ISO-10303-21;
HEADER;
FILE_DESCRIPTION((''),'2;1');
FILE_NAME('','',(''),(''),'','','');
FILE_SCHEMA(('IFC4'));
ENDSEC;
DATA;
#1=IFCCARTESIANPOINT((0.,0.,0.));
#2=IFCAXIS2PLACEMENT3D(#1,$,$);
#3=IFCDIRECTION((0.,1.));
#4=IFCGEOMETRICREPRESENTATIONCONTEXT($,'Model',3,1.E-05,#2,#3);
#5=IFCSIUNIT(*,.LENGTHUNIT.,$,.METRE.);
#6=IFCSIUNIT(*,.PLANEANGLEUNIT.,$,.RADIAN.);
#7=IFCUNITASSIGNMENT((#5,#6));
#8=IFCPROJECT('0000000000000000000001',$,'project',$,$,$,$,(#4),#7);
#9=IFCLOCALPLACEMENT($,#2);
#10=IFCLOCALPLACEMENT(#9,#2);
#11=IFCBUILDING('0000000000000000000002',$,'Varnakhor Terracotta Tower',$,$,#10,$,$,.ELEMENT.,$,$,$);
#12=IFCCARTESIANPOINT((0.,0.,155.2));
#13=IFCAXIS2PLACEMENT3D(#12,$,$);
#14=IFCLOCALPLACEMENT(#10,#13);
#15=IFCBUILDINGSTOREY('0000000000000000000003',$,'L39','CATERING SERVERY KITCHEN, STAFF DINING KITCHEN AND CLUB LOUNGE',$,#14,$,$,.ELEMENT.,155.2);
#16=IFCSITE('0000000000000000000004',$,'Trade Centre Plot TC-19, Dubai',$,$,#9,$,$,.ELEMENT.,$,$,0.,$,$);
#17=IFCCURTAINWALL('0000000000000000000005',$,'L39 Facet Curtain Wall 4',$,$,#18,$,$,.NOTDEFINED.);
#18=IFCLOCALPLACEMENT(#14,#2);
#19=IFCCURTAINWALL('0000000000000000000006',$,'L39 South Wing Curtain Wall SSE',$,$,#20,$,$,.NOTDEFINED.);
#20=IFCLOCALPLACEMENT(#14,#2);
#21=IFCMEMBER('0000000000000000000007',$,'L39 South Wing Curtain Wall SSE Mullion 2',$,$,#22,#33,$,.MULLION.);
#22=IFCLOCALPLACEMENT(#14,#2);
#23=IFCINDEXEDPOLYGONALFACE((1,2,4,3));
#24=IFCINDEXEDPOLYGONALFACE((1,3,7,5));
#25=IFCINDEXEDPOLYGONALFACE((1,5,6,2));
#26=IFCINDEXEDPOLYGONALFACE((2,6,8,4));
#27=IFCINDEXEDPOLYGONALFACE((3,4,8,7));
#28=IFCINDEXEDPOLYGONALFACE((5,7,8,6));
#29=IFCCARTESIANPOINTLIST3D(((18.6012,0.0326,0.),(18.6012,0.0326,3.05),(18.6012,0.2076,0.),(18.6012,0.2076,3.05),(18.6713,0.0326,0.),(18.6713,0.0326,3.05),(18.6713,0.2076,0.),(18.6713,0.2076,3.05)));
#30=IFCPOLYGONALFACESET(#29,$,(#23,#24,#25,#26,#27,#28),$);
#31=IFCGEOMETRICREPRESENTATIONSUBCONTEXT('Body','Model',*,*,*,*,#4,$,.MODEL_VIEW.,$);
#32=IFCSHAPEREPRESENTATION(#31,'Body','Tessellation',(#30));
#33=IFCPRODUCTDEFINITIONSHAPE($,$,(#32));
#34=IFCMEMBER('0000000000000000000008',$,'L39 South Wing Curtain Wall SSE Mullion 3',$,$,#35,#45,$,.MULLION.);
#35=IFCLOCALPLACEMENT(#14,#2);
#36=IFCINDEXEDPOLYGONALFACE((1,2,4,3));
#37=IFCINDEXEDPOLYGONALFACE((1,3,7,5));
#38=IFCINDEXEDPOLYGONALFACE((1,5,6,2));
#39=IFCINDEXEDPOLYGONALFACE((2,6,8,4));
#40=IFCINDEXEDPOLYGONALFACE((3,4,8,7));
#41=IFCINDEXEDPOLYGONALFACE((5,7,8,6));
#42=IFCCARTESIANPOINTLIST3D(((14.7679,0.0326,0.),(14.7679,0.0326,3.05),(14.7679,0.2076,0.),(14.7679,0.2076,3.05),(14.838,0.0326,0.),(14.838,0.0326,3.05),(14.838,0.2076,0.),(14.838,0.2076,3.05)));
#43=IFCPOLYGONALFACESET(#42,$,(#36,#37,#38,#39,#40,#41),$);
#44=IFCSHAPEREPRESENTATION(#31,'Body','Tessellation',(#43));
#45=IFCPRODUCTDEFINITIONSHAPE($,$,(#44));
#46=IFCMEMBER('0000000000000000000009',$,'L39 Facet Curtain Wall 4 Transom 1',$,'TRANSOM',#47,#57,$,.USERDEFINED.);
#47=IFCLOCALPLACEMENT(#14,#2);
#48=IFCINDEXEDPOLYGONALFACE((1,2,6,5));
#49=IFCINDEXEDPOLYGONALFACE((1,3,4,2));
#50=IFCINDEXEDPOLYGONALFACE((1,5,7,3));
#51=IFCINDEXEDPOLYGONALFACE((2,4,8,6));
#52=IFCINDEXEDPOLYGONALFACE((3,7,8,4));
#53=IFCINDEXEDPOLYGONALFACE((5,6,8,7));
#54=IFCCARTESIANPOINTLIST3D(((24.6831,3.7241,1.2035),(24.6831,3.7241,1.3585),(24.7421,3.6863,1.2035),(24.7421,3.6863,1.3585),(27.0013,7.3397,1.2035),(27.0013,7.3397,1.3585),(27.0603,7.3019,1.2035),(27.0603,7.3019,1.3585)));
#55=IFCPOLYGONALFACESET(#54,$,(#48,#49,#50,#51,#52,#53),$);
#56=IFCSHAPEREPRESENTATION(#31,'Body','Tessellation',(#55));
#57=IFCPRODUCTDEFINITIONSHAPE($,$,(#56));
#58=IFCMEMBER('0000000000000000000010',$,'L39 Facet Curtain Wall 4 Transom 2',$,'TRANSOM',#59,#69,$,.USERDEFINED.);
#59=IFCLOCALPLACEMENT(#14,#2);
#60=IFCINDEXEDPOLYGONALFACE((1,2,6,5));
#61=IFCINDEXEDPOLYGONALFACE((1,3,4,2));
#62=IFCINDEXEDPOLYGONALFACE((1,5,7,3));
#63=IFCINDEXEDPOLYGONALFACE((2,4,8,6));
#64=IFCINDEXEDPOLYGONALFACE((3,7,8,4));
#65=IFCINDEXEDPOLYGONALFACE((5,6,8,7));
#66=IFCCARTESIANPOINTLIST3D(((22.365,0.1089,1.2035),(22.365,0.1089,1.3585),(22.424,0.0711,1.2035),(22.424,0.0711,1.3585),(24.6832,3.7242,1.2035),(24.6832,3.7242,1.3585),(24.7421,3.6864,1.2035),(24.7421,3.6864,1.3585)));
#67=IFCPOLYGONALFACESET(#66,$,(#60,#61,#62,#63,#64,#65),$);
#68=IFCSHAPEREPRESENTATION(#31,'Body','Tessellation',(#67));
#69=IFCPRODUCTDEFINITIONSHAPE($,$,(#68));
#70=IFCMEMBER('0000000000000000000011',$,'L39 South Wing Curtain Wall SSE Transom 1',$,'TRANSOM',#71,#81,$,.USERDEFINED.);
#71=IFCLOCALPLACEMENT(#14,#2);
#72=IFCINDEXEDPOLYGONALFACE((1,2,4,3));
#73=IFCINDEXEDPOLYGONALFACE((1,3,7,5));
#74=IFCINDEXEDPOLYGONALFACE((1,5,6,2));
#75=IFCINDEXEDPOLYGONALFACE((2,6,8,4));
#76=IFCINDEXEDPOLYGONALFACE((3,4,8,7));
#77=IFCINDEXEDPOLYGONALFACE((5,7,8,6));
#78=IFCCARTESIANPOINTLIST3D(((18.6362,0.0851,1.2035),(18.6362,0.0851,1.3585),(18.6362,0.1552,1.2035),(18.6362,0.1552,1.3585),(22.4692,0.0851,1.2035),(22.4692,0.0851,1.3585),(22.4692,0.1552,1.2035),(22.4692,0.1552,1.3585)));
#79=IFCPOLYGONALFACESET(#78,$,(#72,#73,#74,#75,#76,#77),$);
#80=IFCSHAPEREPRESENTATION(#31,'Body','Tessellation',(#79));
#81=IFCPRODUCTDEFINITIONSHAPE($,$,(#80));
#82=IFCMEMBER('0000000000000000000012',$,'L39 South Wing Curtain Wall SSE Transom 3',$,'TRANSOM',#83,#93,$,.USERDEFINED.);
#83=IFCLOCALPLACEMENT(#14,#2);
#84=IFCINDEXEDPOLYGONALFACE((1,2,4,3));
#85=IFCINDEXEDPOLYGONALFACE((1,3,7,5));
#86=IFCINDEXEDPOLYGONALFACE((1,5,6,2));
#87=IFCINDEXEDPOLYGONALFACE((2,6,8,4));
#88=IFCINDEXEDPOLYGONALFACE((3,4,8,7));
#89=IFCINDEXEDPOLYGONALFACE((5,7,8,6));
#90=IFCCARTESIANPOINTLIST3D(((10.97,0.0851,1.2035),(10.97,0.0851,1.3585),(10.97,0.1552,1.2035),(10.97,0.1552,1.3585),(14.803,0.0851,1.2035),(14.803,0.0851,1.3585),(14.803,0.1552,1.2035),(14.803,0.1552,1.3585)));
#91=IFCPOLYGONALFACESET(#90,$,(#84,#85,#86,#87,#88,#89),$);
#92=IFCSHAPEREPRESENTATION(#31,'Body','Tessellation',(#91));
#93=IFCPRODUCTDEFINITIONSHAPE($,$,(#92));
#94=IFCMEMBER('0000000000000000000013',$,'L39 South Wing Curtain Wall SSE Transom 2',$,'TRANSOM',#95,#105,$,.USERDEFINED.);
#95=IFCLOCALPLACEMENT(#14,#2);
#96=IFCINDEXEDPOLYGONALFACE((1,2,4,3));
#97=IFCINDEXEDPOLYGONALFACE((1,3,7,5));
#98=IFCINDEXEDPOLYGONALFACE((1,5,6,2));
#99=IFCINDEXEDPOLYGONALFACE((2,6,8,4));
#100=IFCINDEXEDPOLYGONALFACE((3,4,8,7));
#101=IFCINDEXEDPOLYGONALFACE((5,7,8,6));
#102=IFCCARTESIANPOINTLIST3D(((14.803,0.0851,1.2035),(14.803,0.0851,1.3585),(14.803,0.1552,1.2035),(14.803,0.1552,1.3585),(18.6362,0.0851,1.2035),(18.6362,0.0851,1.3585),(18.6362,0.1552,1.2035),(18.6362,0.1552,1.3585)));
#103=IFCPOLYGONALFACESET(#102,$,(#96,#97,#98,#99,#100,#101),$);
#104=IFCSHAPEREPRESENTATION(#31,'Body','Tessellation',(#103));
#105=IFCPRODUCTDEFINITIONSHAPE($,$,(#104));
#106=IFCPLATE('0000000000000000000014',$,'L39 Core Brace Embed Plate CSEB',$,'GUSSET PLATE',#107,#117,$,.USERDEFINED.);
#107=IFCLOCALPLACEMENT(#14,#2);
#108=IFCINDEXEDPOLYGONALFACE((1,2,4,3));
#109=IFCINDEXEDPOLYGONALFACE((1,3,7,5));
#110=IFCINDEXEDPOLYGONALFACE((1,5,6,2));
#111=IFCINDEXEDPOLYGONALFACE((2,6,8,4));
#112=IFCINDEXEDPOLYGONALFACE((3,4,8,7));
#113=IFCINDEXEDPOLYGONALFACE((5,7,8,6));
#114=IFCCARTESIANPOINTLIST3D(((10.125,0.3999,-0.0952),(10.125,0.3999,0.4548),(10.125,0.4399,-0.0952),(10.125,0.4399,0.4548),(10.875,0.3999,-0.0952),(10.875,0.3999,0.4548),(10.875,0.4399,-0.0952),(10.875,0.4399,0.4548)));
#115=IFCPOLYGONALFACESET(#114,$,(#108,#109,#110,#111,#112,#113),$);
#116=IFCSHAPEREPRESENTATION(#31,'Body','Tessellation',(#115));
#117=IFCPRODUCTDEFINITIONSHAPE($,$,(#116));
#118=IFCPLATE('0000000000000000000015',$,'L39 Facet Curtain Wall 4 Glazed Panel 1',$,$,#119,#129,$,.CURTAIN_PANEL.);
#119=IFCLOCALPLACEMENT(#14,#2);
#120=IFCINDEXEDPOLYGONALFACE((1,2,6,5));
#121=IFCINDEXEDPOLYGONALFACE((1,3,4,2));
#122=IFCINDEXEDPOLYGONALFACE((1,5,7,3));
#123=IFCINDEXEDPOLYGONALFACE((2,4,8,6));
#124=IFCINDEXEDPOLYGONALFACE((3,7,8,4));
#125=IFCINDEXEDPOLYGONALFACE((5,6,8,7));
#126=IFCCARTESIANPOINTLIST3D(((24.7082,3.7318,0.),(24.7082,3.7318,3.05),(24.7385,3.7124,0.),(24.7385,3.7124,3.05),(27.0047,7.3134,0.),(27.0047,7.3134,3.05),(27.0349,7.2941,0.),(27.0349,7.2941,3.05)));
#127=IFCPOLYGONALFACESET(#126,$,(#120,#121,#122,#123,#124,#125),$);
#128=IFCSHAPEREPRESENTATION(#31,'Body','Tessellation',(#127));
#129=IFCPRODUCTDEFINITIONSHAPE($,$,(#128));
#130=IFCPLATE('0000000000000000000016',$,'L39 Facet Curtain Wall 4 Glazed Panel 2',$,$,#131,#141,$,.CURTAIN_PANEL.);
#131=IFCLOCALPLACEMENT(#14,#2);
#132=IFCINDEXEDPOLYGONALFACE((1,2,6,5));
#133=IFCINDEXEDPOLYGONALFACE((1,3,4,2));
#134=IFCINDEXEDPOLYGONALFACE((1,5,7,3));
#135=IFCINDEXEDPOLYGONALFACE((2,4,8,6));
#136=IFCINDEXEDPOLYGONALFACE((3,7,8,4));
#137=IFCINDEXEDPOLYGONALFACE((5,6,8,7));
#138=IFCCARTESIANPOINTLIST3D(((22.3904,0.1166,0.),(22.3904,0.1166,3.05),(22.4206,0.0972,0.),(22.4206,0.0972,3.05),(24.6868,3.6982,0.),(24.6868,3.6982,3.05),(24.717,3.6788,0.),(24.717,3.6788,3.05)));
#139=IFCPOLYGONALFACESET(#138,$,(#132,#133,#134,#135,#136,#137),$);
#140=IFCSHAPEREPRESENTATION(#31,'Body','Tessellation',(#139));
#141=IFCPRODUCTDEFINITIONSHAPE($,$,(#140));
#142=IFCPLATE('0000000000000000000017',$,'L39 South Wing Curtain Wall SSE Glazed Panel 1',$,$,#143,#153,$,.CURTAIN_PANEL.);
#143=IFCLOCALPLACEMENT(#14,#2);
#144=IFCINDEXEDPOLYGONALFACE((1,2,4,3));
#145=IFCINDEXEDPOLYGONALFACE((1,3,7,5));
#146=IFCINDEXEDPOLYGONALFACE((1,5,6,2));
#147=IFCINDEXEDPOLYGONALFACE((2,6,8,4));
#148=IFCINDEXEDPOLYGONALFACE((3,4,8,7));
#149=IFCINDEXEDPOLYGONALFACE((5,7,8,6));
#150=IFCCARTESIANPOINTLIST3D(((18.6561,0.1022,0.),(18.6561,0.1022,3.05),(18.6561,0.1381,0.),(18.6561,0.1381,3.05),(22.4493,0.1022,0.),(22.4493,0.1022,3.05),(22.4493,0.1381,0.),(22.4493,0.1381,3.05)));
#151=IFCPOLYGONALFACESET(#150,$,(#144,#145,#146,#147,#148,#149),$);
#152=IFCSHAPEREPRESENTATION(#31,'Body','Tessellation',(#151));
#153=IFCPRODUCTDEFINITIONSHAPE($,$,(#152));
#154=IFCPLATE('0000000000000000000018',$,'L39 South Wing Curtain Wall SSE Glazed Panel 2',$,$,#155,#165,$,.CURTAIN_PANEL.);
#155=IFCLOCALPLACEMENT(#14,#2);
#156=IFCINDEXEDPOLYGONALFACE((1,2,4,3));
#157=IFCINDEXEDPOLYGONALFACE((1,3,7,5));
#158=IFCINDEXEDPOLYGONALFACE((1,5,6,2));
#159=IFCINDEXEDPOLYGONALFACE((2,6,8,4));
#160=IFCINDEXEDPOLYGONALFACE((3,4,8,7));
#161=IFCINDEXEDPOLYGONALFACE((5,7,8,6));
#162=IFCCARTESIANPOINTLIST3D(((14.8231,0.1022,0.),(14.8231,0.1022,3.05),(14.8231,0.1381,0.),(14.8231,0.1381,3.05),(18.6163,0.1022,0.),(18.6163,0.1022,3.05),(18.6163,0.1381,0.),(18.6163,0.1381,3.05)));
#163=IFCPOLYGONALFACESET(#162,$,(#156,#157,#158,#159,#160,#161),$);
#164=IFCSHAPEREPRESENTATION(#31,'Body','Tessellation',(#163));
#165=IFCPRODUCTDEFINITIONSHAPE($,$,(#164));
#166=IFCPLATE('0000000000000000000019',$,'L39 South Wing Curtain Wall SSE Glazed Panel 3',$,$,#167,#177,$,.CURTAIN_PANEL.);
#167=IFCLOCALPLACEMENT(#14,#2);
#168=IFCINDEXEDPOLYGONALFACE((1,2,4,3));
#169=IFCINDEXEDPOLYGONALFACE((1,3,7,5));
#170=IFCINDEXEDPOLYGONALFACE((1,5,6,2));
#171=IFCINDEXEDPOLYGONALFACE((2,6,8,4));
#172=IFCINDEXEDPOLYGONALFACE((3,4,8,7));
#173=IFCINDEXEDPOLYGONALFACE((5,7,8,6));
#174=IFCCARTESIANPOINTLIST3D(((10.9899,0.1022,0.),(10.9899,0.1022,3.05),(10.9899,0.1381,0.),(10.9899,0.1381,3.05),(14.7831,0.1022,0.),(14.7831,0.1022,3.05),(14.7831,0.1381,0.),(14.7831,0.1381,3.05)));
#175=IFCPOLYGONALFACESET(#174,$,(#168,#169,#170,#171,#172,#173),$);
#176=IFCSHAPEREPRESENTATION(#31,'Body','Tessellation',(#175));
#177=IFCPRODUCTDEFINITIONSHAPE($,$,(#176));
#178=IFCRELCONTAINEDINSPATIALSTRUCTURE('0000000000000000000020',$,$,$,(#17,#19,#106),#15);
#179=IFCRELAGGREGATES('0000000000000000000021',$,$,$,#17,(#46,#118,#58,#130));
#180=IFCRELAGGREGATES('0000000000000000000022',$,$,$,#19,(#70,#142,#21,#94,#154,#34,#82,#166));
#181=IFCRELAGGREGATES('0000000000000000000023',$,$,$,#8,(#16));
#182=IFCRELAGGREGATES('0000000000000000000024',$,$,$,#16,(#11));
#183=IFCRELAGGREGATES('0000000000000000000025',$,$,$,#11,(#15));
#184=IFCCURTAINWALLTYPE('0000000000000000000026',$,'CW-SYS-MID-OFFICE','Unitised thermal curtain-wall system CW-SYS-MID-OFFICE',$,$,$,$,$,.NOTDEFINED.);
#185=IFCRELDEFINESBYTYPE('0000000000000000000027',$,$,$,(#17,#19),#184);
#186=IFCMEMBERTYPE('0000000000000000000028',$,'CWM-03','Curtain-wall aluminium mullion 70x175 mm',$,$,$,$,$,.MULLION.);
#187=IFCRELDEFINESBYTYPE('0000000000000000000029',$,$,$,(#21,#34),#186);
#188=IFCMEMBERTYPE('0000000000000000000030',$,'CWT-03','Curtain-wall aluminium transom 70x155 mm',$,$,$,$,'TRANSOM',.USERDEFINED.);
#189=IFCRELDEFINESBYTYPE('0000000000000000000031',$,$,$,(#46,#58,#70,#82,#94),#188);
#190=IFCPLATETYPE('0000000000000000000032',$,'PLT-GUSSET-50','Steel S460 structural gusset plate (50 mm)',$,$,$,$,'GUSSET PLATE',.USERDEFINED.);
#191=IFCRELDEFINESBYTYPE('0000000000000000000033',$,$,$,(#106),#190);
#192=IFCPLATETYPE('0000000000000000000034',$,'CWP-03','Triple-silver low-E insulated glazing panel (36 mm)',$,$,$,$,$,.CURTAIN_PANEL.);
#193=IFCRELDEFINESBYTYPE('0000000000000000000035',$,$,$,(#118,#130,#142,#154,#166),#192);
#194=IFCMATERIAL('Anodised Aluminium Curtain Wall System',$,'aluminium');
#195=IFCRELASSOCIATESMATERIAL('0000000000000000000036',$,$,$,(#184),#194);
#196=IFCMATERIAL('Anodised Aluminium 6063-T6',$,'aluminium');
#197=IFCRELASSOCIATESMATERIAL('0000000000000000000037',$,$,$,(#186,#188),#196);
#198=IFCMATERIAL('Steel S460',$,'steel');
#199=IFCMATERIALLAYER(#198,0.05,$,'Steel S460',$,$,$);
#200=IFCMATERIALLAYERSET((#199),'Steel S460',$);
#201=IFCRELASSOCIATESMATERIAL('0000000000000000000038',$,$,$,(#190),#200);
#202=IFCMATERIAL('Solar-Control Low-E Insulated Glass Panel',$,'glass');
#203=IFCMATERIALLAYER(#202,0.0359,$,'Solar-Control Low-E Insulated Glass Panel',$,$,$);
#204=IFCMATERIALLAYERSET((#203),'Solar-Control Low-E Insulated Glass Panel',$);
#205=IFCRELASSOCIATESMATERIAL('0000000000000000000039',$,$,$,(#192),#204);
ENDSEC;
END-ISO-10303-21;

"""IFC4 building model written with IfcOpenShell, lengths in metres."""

from ifc_helpers import new_model, si_unit, direction, frame, origin, origin_2d, place, context, subcontext, project, spatial, rectangle, extrude, source, transform, mapped, material, layer, layer_set, material_profile, profile_set, type_object, type_shapes, element, aggregate, save


model = new_model("IFC4")

# Units and contexts
model_context = context("Model", 3, precision=1e-05, world=origin(), true_north=direction((0.0, 1.0)))
body_context = subcontext(model_context, "Body", "Model", "MODEL_VIEW")
ifc_project = project(units=[si_unit("LENGTHUNIT", "METRE"), si_unit("PLANEANGLEUNIT", "RADIAN")], contexts=[model_context])

# Site, building, storey
site_placement = place(None, origin())
site = spatial("IfcSite", under=ifc_project, at=site_placement, Name="Trade Centre Plot TC-19, Dubai", CompositionType="ELEMENT", RefElevation=0.0)
building_placement = place(site_placement, origin())
building = spatial("IfcBuilding", under=site, at=building_placement, Name="Varnakhor Terracotta Tower", CompositionType="ELEMENT")
storey_placement = place(building_placement, frame((0.0, 0.0, 155.2)))
storey = spatial("IfcBuildingStorey", under=building, at=storey_placement, Name="L39", Description="CATERING SERVERY KITCHEN, STAFF DINING KITCHEN AND CLUB LOUNGE", CompositionType="ELEMENT", Elevation=155.2)

# Shared definitions
ifc_material_1 = material(Name="Steel S460", Category="steel")

# Curtain walls, members
ifc_material_2 = material(Name="Anodised Aluminium Curtain Wall System", Category="aluminium")
curtain_wall_type = type_object("IfcCurtainWallType", Name="CW-SYS-MID-OFFICE", Description="Unitised thermal curtain-wall system CW-SYS-MID-OFFICE", PredefinedType="NOTDEFINED", material=ifc_material_2)
curtain_wall_1_placement = place(storey_placement, origin())
curtain_wall_1 = element("IfcCurtainWall", 1, at=curtain_wall_1_placement, inside=storey, type_object=curtain_wall_type, Name="L39 Facet Curtain Wall 4", PredefinedType="NOTDEFINED")
ifc_material_3 = material(Name="Anodised Aluminium 6063-T6", Category="aluminium")
ifc_material_profile_1 = material_profile(ifc_material_3, rectangle(XDim=0.0701, YDim=0.175, at=origin_2d()), Name="ALU MULLION 70x175")
ifc_profile_set_1 = profile_set([ifc_material_profile_1], Name="Anodised Aluminium 6063-T6")
member_type_1 = type_object("IfcMemberType", Name="CWM-03", Description="Curtain-wall aluminium mullion 70x175 mm", PredefinedType="MULLION", material=ifc_profile_set_1)
shared_shape_1 = source(origin(), body_context, "Body", "SweptSolid", [
    extrude(rectangle(XDim=0.0701, YDim=0.175, at=origin_2d()), origin(), (0.0, 0.0, 1.0), 3.05),
])
curtain_wall_2_placement = place(storey_placement, origin())
curtain_wall_2 = element("IfcCurtainWall", 2, at=curtain_wall_2_placement, inside=storey, type_object=curtain_wall_type, Name="L39 South Wing Curtain Wall SSE", PredefinedType="NOTDEFINED")
member_1_placement = place(storey_placement, frame((18.6362, 0.1201, 0.0), z_axis=(0.0, 0.0, 1.0), x_axis=(1.0, 0.0, 0.0)))
member_1 = element("IfcMember", 3, at=member_1_placement, type_object=member_type_1, Name="L39 South Wing Curtain Wall SSE Mullion 2", PredefinedType="MULLION", context=body_context, shape_type="MappedRepresentation", body=[
    mapped(shared_shape_1, transform((0.0, 0.0, 0.0), scale=1.0)),
])
member_2_placement = place(storey_placement, frame((14.803, 0.1201, 0.0), z_axis=(0.0, 0.0, 1.0), x_axis=(1.0, 0.0, 0.0)))
member_2 = element("IfcMember", 4, at=member_2_placement, type_object=member_type_1, Name="L39 South Wing Curtain Wall SSE Mullion 3", PredefinedType="MULLION", context=body_context, shape_type="MappedRepresentation", body=[
    mapped(shared_shape_1, transform((0.0, 0.0, 0.0), scale=1.0)),
])

# Members
ifc_material_profile_2 = material_profile(ifc_material_3, rectangle(XDim=0.0701, YDim=0.155, at=origin_2d()), Name="ALU TRANSOM 70x155")
ifc_profile_set_2 = profile_set([ifc_material_profile_2], Name="Anodised Aluminium 6063-T6")
member_type_2 = type_object("IfcMemberType", Name="CWT-03", Description="Curtain-wall aluminium transom 70x155 mm", ElementType="TRANSOM", PredefinedType="USERDEFINED", material=ifc_profile_set_2)
shared_shape_2 = source(origin(), body_context, "Body", "SweptSolid", [
    extrude(rectangle(XDim=0.0701, YDim=0.155, at=origin_2d()), origin(), (0.0, 0.0, 1.0), 4.2949),
])
member_3_placement = place(storey_placement, frame((27.0308, 7.3208, 1.281), z_axis=(-0.539749, -0.841826, 0.0), x_axis=(0.841826, -0.539749, 0.0)))
member_3 = element("IfcMember", 5, at=member_3_placement, type_object=member_type_2, Name="L39 Facet Curtain Wall 4 Transom 1", ObjectType="TRANSOM", PredefinedType="USERDEFINED", context=body_context, shape_type="MappedRepresentation", body=[
    mapped(shared_shape_2, transform((0.0, 0.0, 0.0), scale=1.0)),
])
shared_shape_3 = source(origin(), body_context, "Body", "SweptSolid", [
    extrude(rectangle(XDim=0.0701, YDim=0.155, at=origin_2d()), origin(), (0.0, 0.0, 1.0), 4.2947),
])
member_4_placement = place(storey_placement, frame((24.7126, 3.7053, 1.281), z_axis=(-0.539775, -0.84181, 0.0), x_axis=(0.84181, -0.539775, 0.0)))
member_4 = element("IfcMember", 6, at=member_4_placement, type_object=member_type_2, Name="L39 Facet Curtain Wall 4 Transom 2", ObjectType="TRANSOM", PredefinedType="USERDEFINED", context=body_context, shape_type="MappedRepresentation", body=[
    mapped(shared_shape_3, transform((0.0, 0.0, 0.0), scale=1.0)),
])
shared_shape_4 = source(origin(), body_context, "Body", "SweptSolid", [
    extrude(rectangle(XDim=0.0701, YDim=0.155, at=origin_2d()), origin(), (0.0, 0.0, 1.0), 3.833),
])
member_5_placement = place(storey_placement, frame((22.4692, 0.1201, 1.281), z_axis=(-1.0, 0.0, 0.0), x_axis=(0.0, -1.0, 0.0)))
member_5 = element("IfcMember", 7, at=member_5_placement, type_object=member_type_2, Name="L39 South Wing Curtain Wall SSE Transom 1", ObjectType="TRANSOM", PredefinedType="USERDEFINED", context=body_context, shape_type="MappedRepresentation", body=[
    mapped(shared_shape_4, transform((0.0, 0.0, 0.0), scale=1.0)),
])
member_6_placement = place(storey_placement, frame((14.803, 0.1201, 1.281), z_axis=(-1.0, 0.0, 0.0), x_axis=(0.0, -1.0, 0.0)))
member_6 = element("IfcMember", 8, at=member_6_placement, type_object=member_type_2, Name="L39 South Wing Curtain Wall SSE Transom 3", ObjectType="TRANSOM", PredefinedType="USERDEFINED", context=body_context, shape_type="MappedRepresentation", body=[
    mapped(shared_shape_4, transform((0.0, 0.0, 0.0), scale=1.0)),
])
shared_shape_5 = source(origin(), body_context, "Body", "SweptSolid", [
    extrude(rectangle(XDim=0.0701, YDim=0.155, at=origin_2d()), origin(), (0.0, 0.0, 1.0), 3.8333),
])
member_7_placement = place(storey_placement, frame((18.6362, 0.1201, 1.281), z_axis=(-1.0, 0.0, 0.0), x_axis=(0.0, -1.0, 0.0)))
member_7 = element("IfcMember", 9, at=member_7_placement, type_object=member_type_2, Name="L39 South Wing Curtain Wall SSE Transom 2", ObjectType="TRANSOM", PredefinedType="USERDEFINED", context=body_context, shape_type="MappedRepresentation", body=[
    mapped(shared_shape_5, transform((0.0, 0.0, 0.0), scale=1.0)),
])

# Plates
ifc_layer_1 = layer(ifc_material_1, 0.05, Name="Steel S460")
ifc_layer_set_1 = layer_set([ifc_layer_1], Name="Steel S460")
plate_type_1 = type_object("IfcPlateType", Name="PLT-GUSSET-50", Description="Steel S460 structural gusset plate (50 mm)", ElementType="GUSSET PLATE", PredefinedType="USERDEFINED", material=ifc_layer_set_1)
shared_shape_6 = source(origin(), body_context, "Body", "SweptSolid", [
    extrude(rectangle(XDim=0.75, YDim=0.04, at=origin_2d()), origin(), (0.0, 0.0, 1.0), 0.55),
])
type_shapes(plate_type_1, [shared_shape_6])
plate_1_placement = place(storey_placement, frame((10.5, 0.4199, -0.0952), z_axis=(0.0, 0.0, 1.0), x_axis=(1.0, 0.0, 0.0)))
element("IfcPlate", 10, at=plate_1_placement, inside=storey, type_object=plate_type_1, Name="L39 Core Brace Embed Plate CSEB", ObjectType="GUSSET PLATE", PredefinedType="USERDEFINED", context=body_context, shape_type="MappedRepresentation", body=[
    mapped(shared_shape_6, transform((0.0, 0.0, 0.0), scale=1.0)),
])
ifc_material_4 = material(Name="Solar-Control Low-E Insulated Glass Panel", Category="glass")
ifc_layer_2 = layer(ifc_material_4, 0.0359, Name="Solar-Control Low-E Insulated Glass Panel")
ifc_layer_set_2 = layer_set([ifc_layer_2], Name="Solar-Control Low-E Insulated Glass Panel")
plate_type_2 = type_object("IfcPlateType", Name="CWP-03", Description="Triple-silver low-E insulated glazing panel (36 mm)", PredefinedType="CURTAIN_PANEL", material=ifc_layer_set_2)
shared_shape_7 = source(origin(), body_context, "Body", "SweptSolid", [
    extrude(rectangle(XDim=4.2546, YDim=0.0359, at=origin_2d()), origin(), (0.0, 0.0, 1.0), 3.05),
])
plate_2_placement = place(storey_placement, frame((25.8716, 5.5129, 0.0), z_axis=(0.0, 0.0, 1.0), x_axis=(-0.539756, -0.841822, 0.0)))
plate_2 = element("IfcPlate", 11, at=plate_2_placement, type_object=plate_type_2, Name="L39 Facet Curtain Wall 4 Glazed Panel 1", PredefinedType="CURTAIN_PANEL", context=body_context, shape_type="MappedRepresentation", body=[
    mapped(shared_shape_7, transform((0.0, 0.0, 0.0), scale=1.0)),
])
plate_3_placement = place(storey_placement, frame((23.5537, 1.8977, 0.0), z_axis=(0.0, 0.0, 1.0), x_axis=(-0.539756, -0.841822, 0.0)))
plate_3 = element("IfcPlate", 12, at=plate_3_placement, type_object=plate_type_2, Name="L39 Facet Curtain Wall 4 Glazed Panel 2", PredefinedType="CURTAIN_PANEL", context=body_context, shape_type="MappedRepresentation", body=[
    mapped(shared_shape_7, transform((0.0, 0.0, 0.0), scale=1.0)),
])
aggregate(curtain_wall_1, [member_3, plate_2, member_4, plate_3])
shared_shape_8 = source(origin(), body_context, "Body", "SweptSolid", [
    extrude(rectangle(XDim=3.7932, YDim=0.0359, at=origin_2d()), origin(), (0.0, 0.0, 1.0), 3.05),
])
plate_4_placement = place(storey_placement, frame((20.5527, 0.1201, 0.0), z_axis=(0.0, 0.0, 1.0), x_axis=(-1.0, 0.0, 0.0)))
plate_4 = element("IfcPlate", 13, at=plate_4_placement, type_object=plate_type_2, Name="L39 South Wing Curtain Wall SSE Glazed Panel 1", PredefinedType="CURTAIN_PANEL", context=body_context, shape_type="MappedRepresentation", body=[
    mapped(shared_shape_8, transform((0.0, 0.0, 0.0), scale=1.0)),
])
plate_5_placement = place(storey_placement, frame((16.7197, 0.1201, 0.0), z_axis=(0.0, 0.0, 1.0), x_axis=(-1.0, 0.0, 0.0)))
plate_5 = element("IfcPlate", 14, at=plate_5_placement, type_object=plate_type_2, Name="L39 South Wing Curtain Wall SSE Glazed Panel 2", PredefinedType="CURTAIN_PANEL", context=body_context, shape_type="MappedRepresentation", body=[
    mapped(shared_shape_8, transform((0.0, 0.0, 0.0), scale=1.0)),
])
plate_6_placement = place(storey_placement, frame((12.8865, 0.1201, 0.0), z_axis=(0.0, 0.0, 1.0), x_axis=(-1.0, 0.0, 0.0)))
plate_6 = element("IfcPlate", 15, at=plate_6_placement, type_object=plate_type_2, Name="L39 South Wing Curtain Wall SSE Glazed Panel 3", PredefinedType="CURTAIN_PANEL", context=body_context, shape_type="MappedRepresentation", body=[
    mapped(shared_shape_8, transform((0.0, 0.0, 0.0), scale=1.0)),
])
aggregate(curtain_wall_2, [member_5, plate_4, member_1, member_7, plate_5, member_2, member_6, plate_6])

save(model, "model.ifc")
